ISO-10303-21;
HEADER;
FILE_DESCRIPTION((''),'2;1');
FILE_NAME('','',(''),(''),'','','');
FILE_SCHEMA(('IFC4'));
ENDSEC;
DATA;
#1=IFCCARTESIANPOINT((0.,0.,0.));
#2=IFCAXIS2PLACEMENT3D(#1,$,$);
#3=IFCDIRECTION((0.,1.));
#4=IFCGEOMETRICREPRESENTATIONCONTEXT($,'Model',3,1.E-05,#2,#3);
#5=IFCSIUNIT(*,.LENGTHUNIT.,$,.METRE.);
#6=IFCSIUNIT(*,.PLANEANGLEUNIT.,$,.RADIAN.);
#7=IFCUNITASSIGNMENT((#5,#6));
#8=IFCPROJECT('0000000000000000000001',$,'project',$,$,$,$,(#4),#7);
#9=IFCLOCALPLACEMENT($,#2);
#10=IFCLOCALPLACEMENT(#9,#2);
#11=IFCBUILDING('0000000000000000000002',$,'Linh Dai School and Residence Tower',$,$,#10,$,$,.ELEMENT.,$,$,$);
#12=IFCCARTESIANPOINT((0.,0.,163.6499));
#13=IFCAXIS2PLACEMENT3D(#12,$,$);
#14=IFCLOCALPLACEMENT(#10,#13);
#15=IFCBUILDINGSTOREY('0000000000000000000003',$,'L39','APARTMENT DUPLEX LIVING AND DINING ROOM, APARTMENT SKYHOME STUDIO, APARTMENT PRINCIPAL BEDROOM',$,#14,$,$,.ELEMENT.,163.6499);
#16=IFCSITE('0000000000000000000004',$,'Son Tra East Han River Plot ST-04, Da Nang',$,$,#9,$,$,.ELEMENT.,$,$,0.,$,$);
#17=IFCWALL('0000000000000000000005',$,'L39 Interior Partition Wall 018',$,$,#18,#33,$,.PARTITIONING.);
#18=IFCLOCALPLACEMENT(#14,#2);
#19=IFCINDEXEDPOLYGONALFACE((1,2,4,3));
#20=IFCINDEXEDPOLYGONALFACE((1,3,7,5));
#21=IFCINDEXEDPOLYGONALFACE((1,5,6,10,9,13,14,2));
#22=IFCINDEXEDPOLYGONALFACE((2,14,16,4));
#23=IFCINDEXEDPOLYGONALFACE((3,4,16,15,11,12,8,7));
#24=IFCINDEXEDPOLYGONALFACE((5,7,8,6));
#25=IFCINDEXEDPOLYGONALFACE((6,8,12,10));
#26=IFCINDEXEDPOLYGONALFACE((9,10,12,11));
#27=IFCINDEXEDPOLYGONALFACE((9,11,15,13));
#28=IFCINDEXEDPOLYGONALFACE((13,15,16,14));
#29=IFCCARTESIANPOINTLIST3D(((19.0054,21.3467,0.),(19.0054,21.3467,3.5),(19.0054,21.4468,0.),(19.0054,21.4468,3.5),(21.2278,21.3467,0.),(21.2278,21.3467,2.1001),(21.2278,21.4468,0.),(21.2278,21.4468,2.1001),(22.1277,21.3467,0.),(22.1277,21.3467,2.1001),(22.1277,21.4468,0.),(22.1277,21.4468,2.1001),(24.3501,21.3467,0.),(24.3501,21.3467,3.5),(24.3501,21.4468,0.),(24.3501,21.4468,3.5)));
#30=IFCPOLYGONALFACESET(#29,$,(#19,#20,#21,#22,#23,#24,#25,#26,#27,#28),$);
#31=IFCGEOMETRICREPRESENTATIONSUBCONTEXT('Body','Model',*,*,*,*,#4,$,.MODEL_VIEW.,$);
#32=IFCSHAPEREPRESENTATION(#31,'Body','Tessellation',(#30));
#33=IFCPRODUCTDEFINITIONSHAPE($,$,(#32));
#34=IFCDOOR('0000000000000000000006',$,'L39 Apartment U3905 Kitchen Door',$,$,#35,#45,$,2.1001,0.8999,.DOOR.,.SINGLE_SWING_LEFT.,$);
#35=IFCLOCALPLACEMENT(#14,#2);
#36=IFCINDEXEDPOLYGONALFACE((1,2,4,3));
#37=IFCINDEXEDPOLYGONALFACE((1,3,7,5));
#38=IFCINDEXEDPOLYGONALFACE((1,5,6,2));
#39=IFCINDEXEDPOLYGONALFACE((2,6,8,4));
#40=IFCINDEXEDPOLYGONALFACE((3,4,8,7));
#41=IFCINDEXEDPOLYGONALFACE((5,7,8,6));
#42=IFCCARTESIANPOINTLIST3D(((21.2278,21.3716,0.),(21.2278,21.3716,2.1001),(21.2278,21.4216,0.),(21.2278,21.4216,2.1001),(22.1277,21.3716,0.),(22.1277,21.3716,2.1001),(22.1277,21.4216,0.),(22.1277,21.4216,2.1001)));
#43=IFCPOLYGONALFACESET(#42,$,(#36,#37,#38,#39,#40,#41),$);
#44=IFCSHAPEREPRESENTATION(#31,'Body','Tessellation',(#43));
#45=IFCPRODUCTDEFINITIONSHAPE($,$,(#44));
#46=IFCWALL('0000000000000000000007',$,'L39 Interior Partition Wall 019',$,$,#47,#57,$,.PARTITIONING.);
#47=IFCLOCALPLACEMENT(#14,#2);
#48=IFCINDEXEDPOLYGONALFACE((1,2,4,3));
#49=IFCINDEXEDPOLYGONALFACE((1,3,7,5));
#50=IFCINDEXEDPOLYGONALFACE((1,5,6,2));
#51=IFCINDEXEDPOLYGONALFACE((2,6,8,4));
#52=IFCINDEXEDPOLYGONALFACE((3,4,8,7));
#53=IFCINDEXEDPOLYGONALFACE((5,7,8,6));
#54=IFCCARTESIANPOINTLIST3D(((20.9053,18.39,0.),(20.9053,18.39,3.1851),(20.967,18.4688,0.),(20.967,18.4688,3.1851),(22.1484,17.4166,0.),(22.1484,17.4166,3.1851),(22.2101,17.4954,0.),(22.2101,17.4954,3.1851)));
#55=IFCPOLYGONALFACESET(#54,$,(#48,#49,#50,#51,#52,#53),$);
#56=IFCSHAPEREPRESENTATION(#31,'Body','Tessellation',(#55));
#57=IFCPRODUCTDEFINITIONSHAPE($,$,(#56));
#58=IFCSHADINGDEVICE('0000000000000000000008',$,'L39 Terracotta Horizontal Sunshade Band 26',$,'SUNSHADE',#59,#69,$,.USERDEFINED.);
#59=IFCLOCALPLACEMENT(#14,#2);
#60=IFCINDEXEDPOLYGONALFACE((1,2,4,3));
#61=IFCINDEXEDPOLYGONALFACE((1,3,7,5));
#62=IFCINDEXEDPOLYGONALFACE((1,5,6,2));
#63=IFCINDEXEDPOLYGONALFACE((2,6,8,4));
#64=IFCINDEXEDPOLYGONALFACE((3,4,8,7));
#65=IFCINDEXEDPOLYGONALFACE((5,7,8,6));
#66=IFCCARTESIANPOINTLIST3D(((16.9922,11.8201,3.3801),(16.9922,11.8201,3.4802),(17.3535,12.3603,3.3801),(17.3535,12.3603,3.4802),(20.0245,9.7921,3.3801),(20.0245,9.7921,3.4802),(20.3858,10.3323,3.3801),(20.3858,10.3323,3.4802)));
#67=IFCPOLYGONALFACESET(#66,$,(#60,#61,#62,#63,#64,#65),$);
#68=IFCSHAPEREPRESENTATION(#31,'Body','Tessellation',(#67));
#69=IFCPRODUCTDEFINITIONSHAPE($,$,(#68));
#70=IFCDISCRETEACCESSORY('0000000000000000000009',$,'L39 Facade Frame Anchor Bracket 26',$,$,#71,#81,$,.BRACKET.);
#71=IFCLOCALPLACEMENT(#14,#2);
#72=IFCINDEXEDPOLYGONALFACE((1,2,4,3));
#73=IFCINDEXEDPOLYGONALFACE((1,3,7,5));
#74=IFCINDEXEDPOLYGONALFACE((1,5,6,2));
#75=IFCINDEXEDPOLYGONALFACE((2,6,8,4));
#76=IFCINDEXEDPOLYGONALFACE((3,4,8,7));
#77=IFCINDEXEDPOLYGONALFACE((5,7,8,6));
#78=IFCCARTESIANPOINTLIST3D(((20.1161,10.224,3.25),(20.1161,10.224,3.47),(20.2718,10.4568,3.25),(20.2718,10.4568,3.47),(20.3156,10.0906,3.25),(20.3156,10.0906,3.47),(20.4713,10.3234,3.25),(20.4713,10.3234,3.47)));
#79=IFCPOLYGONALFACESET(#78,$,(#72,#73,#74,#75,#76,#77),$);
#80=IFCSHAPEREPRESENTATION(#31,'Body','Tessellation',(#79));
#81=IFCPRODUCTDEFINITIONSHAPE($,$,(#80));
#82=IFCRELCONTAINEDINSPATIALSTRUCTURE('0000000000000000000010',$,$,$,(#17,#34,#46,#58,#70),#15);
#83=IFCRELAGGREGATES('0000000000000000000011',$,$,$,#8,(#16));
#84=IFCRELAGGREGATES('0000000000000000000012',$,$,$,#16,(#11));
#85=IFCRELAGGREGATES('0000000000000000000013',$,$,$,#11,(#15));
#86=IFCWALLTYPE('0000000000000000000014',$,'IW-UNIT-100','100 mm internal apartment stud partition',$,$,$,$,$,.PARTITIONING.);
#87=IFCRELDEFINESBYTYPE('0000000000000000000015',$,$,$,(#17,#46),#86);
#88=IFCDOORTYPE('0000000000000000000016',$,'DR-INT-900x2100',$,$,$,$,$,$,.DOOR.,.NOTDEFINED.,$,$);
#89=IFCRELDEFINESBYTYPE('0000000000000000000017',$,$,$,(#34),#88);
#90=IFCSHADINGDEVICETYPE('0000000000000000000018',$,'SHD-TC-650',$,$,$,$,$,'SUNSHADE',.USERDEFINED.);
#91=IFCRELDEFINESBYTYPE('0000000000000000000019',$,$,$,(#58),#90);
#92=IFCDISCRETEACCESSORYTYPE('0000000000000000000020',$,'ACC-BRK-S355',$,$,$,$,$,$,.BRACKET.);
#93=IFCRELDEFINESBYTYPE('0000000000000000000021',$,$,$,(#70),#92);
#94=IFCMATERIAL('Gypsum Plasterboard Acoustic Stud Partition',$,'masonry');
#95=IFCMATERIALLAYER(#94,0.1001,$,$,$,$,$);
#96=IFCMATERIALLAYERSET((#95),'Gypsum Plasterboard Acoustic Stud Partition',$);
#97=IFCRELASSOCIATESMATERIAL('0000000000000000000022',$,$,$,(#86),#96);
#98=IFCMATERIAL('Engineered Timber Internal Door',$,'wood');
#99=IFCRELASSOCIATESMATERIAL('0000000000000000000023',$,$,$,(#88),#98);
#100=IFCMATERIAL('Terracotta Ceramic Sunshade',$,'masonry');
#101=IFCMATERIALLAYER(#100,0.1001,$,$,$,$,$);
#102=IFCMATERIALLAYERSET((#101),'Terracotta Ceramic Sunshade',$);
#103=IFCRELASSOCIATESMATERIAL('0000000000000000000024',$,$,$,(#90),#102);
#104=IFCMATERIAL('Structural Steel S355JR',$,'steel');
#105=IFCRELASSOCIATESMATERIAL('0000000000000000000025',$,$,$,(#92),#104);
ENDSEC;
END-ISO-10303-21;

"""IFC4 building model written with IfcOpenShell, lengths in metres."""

from ifc_helpers import new_model, si_unit, direction, frame, frame_2d, origin, origin_2d, place, context, subcontext, project, spatial, rectangle, extrude, source, transform, mapped, material, layer, layer_set, type_object, element, fill, save


model = new_model("IFC4")

# Units and contexts
model_context = context("Model", 3, precision=1e-05, world=origin(), true_north=direction((0.0, 1.0)))
body_context = subcontext(model_context, "Body", "Model", "MODEL_VIEW")
ifc_project = project(units=[si_unit("LENGTHUNIT", "METRE"), si_unit("PLANEANGLEUNIT", "RADIAN")], contexts=[model_context])

# Site, building, storey
site_placement = place(None, origin())
site = spatial("IfcSite", under=ifc_project, at=site_placement, Name="Son Tra East Han River Plot ST-04, Da Nang", CompositionType="ELEMENT", RefElevation=0.0)
building_placement = place(site_placement, origin())
building = spatial("IfcBuilding", under=site, at=building_placement, Name="Linh Dai School and Residence Tower", CompositionType="ELEMENT")
storey_placement = place(building_placement, frame((0.0, 0.0, 163.6499)))
storey = spatial("IfcBuildingStorey", under=building, at=storey_placement, Name="L39", Description="APARTMENT DUPLEX LIVING AND DINING ROOM, APARTMENT SKYHOME STUDIO, APARTMENT PRINCIPAL BEDROOM", CompositionType="ELEMENT", Elevation=163.6499)

# Shared definitions
ifc_material_1 = material(Name="Structural Steel S355JR", Category="steel")

# Shared definitions
ifc_material_2 = material(Name="Gypsum Plasterboard Acoustic Stud Partition", Category="masonry")
ifc_layer_1 = layer(ifc_material_2, 0.1001)
ifc_layer_set_1 = layer_set([ifc_layer_1], Name="Gypsum Plasterboard Acoustic Stud Partition")
wall_type_1 = type_object("IfcWallType", Name="IW-UNIT-100", Description="100 mm internal apartment stud partition", PredefinedType="PARTITIONING", material=ifc_layer_set_1)
ifc_material_3 = material(Name="Engineered Timber Internal Door", Category="wood")
door_type_1 = type_object("IfcDoorType", Name="DR-INT-900x2100", OperationType="NOTDEFINED", PredefinedType="DOOR", material=ifc_material_3)
shared_shape_1 = source(origin(), body_context, "Body", "SweptSolid", [
    extrude(rectangle(XDim=0.8999, YDim=2.1001, at=origin_2d()), frame((0.45, 0.0249, 1.05), z_axis=(0.0, -1.0, 0.0), x_axis=(1.0, 0.0, 0.0)), (0.0, 0.0, 1.0), 0.05),
])

# Wall, opening, door
wall_1_placement = place(storey_placement, frame((19.0054, 21.3967, 0.0), z_axis=(0.0, 0.0, 1.0), x_axis=(1.0, 0.0, 0.0)))
wall_1 = element("IfcWall", 1, at=wall_1_placement, inside=storey, type_object=wall_type_1, Name="L39 Interior Partition Wall 018", PredefinedType="PARTITIONING", context=body_context, shape_type="SweptSolid", body=[
    extrude(rectangle(XDim=5.3447, YDim=0.1001, at=frame_2d((2.6724, 0.0))), origin(), (0.0, 0.0, 1.0), 3.5),
])
opening_1_placement = place(wall_1_placement, frame((2.2224, 0.0, 0.0)))
opening_1 = element("IfcOpeningElement", 2, at=opening_1_placement, cuts=wall_1, PredefinedType="OPENING", context=body_context, shape_type="SweptSolid", body=[
    extrude(rectangle(XDim=0.8999, YDim=2.1001, at=origin_2d()), frame((0.45, 0.0601, 1.05), z_axis=(0.0, -1.0, 0.0), x_axis=(1.0, 0.0, 0.0)), (0.0, 0.0, 1.0), 0.1201),
])
door_1_placement = place(opening_1_placement, origin())
door_1 = element("IfcDoor", 3, at=door_1_placement, inside=storey, type_object=door_type_1, Name="L39 Apartment U3905 Kitchen Door", OperationType="SINGLE_SWING_LEFT", OverallHeight=2.1001, OverallWidth=0.8999, PredefinedType="DOOR", context=body_context, shape_type="MappedRepresentation", body=[
    mapped(shared_shape_1, transform((0.0, 0.0, 0.0), x_axis=(1.0, 0.0, 0.0), y_axis=(0.0, 1.0, 0.0), z_axis=(0.0, 0.0, 1.0), scale=1.0)),
])
fill(opening_1, door_1)

# Wall
wall_2_placement = place(storey_placement, frame((20.936, 18.4294, 0.0), z_axis=(0.0, 0.0, 1.0), x_axis=(0.787358, -0.616496, 0.0)))
element("IfcWall", 4, at=wall_2_placement, inside=storey, type_object=wall_type_1, Name="L39 Interior Partition Wall 019", PredefinedType="PARTITIONING", context=body_context, shape_type="SweptSolid", body=[
    extrude(rectangle(XDim=1.5789, YDim=0.1001, at=frame_2d((0.7896, 0.0))), origin(), (0.0, 0.0, 1.0), 3.1851),
])

# Shading device
ifc_material_4 = material(Name="Terracotta Ceramic Sunshade", Category="masonry")
ifc_layer_2 = layer(ifc_material_4, 0.1001)
ifc_layer_set_2 = layer_set([ifc_layer_2], Name="Terracotta Ceramic Sunshade")
shading_device_type = type_object("IfcShadingDeviceType", Name="SHD-TC-650", ElementType="SUNSHADE", PredefinedType="USERDEFINED", material=ifc_layer_set_2)
shared_shape_2 = source(origin(), body_context, "Body", "SweptSolid", [
    extrude(rectangle(XDim=3.6479, YDim=0.6499, at=origin_2d()), origin(), (0.0, 0.0, 1.0), 0.1001),
])
shading_device_placement = place(storey_placement, frame((18.689, 11.0762, 3.3801), z_axis=(0.0, 0.0, 1.0), x_axis=(-0.831228, 0.555931, 0.0)))
element("IfcShadingDevice", 5, at=shading_device_placement, inside=storey, type_object=shading_device_type, Name="L39 Terracotta Horizontal Sunshade Band 26", ObjectType="SUNSHADE", PredefinedType="USERDEFINED", context=body_context, shape_type="MappedRepresentation", body=[
    mapped(shared_shape_2, transform((0.0, 0.0, 0.0), x_axis=(1.0, 0.0, 0.0), y_axis=(0.0, 1.0, 0.0), z_axis=(0.0, 0.0, 1.0), scale=1.0)),
])

# Discrete accessory
discrete_accessory_type = type_object("IfcDiscreteAccessoryType", Name="ACC-BRK-S355", PredefinedType="BRACKET", material=ifc_material_1)
shared_shape_3 = source(origin(), body_context, "Body", "SweptSolid", [
    extrude(rectangle(XDim=0.28, YDim=0.24, at=origin_2d()), origin(), (0.0, 0.0, 1.0), 0.22),
])
discrete_accessory_placement = place(storey_placement, frame((20.2937, 10.2737, 3.25), z_axis=(0.0, 0.0, 1.0), x_axis=(-0.555931, -0.831228, 0.0)))
element("IfcDiscreteAccessory", 6, at=discrete_accessory_placement, inside=storey, type_object=discrete_accessory_type, Name="L39 Facade Frame Anchor Bracket 26", PredefinedType="BRACKET", context=body_context, shape_type="MappedRepresentation", body=[
    mapped(shared_shape_3, transform((0.0, 0.0, 0.0), x_axis=(1.0, 0.0, 0.0), y_axis=(0.0, 1.0, 0.0), z_axis=(0.0, 0.0, 1.0), scale=1.0)),
])

save(model, "model.ifc")
